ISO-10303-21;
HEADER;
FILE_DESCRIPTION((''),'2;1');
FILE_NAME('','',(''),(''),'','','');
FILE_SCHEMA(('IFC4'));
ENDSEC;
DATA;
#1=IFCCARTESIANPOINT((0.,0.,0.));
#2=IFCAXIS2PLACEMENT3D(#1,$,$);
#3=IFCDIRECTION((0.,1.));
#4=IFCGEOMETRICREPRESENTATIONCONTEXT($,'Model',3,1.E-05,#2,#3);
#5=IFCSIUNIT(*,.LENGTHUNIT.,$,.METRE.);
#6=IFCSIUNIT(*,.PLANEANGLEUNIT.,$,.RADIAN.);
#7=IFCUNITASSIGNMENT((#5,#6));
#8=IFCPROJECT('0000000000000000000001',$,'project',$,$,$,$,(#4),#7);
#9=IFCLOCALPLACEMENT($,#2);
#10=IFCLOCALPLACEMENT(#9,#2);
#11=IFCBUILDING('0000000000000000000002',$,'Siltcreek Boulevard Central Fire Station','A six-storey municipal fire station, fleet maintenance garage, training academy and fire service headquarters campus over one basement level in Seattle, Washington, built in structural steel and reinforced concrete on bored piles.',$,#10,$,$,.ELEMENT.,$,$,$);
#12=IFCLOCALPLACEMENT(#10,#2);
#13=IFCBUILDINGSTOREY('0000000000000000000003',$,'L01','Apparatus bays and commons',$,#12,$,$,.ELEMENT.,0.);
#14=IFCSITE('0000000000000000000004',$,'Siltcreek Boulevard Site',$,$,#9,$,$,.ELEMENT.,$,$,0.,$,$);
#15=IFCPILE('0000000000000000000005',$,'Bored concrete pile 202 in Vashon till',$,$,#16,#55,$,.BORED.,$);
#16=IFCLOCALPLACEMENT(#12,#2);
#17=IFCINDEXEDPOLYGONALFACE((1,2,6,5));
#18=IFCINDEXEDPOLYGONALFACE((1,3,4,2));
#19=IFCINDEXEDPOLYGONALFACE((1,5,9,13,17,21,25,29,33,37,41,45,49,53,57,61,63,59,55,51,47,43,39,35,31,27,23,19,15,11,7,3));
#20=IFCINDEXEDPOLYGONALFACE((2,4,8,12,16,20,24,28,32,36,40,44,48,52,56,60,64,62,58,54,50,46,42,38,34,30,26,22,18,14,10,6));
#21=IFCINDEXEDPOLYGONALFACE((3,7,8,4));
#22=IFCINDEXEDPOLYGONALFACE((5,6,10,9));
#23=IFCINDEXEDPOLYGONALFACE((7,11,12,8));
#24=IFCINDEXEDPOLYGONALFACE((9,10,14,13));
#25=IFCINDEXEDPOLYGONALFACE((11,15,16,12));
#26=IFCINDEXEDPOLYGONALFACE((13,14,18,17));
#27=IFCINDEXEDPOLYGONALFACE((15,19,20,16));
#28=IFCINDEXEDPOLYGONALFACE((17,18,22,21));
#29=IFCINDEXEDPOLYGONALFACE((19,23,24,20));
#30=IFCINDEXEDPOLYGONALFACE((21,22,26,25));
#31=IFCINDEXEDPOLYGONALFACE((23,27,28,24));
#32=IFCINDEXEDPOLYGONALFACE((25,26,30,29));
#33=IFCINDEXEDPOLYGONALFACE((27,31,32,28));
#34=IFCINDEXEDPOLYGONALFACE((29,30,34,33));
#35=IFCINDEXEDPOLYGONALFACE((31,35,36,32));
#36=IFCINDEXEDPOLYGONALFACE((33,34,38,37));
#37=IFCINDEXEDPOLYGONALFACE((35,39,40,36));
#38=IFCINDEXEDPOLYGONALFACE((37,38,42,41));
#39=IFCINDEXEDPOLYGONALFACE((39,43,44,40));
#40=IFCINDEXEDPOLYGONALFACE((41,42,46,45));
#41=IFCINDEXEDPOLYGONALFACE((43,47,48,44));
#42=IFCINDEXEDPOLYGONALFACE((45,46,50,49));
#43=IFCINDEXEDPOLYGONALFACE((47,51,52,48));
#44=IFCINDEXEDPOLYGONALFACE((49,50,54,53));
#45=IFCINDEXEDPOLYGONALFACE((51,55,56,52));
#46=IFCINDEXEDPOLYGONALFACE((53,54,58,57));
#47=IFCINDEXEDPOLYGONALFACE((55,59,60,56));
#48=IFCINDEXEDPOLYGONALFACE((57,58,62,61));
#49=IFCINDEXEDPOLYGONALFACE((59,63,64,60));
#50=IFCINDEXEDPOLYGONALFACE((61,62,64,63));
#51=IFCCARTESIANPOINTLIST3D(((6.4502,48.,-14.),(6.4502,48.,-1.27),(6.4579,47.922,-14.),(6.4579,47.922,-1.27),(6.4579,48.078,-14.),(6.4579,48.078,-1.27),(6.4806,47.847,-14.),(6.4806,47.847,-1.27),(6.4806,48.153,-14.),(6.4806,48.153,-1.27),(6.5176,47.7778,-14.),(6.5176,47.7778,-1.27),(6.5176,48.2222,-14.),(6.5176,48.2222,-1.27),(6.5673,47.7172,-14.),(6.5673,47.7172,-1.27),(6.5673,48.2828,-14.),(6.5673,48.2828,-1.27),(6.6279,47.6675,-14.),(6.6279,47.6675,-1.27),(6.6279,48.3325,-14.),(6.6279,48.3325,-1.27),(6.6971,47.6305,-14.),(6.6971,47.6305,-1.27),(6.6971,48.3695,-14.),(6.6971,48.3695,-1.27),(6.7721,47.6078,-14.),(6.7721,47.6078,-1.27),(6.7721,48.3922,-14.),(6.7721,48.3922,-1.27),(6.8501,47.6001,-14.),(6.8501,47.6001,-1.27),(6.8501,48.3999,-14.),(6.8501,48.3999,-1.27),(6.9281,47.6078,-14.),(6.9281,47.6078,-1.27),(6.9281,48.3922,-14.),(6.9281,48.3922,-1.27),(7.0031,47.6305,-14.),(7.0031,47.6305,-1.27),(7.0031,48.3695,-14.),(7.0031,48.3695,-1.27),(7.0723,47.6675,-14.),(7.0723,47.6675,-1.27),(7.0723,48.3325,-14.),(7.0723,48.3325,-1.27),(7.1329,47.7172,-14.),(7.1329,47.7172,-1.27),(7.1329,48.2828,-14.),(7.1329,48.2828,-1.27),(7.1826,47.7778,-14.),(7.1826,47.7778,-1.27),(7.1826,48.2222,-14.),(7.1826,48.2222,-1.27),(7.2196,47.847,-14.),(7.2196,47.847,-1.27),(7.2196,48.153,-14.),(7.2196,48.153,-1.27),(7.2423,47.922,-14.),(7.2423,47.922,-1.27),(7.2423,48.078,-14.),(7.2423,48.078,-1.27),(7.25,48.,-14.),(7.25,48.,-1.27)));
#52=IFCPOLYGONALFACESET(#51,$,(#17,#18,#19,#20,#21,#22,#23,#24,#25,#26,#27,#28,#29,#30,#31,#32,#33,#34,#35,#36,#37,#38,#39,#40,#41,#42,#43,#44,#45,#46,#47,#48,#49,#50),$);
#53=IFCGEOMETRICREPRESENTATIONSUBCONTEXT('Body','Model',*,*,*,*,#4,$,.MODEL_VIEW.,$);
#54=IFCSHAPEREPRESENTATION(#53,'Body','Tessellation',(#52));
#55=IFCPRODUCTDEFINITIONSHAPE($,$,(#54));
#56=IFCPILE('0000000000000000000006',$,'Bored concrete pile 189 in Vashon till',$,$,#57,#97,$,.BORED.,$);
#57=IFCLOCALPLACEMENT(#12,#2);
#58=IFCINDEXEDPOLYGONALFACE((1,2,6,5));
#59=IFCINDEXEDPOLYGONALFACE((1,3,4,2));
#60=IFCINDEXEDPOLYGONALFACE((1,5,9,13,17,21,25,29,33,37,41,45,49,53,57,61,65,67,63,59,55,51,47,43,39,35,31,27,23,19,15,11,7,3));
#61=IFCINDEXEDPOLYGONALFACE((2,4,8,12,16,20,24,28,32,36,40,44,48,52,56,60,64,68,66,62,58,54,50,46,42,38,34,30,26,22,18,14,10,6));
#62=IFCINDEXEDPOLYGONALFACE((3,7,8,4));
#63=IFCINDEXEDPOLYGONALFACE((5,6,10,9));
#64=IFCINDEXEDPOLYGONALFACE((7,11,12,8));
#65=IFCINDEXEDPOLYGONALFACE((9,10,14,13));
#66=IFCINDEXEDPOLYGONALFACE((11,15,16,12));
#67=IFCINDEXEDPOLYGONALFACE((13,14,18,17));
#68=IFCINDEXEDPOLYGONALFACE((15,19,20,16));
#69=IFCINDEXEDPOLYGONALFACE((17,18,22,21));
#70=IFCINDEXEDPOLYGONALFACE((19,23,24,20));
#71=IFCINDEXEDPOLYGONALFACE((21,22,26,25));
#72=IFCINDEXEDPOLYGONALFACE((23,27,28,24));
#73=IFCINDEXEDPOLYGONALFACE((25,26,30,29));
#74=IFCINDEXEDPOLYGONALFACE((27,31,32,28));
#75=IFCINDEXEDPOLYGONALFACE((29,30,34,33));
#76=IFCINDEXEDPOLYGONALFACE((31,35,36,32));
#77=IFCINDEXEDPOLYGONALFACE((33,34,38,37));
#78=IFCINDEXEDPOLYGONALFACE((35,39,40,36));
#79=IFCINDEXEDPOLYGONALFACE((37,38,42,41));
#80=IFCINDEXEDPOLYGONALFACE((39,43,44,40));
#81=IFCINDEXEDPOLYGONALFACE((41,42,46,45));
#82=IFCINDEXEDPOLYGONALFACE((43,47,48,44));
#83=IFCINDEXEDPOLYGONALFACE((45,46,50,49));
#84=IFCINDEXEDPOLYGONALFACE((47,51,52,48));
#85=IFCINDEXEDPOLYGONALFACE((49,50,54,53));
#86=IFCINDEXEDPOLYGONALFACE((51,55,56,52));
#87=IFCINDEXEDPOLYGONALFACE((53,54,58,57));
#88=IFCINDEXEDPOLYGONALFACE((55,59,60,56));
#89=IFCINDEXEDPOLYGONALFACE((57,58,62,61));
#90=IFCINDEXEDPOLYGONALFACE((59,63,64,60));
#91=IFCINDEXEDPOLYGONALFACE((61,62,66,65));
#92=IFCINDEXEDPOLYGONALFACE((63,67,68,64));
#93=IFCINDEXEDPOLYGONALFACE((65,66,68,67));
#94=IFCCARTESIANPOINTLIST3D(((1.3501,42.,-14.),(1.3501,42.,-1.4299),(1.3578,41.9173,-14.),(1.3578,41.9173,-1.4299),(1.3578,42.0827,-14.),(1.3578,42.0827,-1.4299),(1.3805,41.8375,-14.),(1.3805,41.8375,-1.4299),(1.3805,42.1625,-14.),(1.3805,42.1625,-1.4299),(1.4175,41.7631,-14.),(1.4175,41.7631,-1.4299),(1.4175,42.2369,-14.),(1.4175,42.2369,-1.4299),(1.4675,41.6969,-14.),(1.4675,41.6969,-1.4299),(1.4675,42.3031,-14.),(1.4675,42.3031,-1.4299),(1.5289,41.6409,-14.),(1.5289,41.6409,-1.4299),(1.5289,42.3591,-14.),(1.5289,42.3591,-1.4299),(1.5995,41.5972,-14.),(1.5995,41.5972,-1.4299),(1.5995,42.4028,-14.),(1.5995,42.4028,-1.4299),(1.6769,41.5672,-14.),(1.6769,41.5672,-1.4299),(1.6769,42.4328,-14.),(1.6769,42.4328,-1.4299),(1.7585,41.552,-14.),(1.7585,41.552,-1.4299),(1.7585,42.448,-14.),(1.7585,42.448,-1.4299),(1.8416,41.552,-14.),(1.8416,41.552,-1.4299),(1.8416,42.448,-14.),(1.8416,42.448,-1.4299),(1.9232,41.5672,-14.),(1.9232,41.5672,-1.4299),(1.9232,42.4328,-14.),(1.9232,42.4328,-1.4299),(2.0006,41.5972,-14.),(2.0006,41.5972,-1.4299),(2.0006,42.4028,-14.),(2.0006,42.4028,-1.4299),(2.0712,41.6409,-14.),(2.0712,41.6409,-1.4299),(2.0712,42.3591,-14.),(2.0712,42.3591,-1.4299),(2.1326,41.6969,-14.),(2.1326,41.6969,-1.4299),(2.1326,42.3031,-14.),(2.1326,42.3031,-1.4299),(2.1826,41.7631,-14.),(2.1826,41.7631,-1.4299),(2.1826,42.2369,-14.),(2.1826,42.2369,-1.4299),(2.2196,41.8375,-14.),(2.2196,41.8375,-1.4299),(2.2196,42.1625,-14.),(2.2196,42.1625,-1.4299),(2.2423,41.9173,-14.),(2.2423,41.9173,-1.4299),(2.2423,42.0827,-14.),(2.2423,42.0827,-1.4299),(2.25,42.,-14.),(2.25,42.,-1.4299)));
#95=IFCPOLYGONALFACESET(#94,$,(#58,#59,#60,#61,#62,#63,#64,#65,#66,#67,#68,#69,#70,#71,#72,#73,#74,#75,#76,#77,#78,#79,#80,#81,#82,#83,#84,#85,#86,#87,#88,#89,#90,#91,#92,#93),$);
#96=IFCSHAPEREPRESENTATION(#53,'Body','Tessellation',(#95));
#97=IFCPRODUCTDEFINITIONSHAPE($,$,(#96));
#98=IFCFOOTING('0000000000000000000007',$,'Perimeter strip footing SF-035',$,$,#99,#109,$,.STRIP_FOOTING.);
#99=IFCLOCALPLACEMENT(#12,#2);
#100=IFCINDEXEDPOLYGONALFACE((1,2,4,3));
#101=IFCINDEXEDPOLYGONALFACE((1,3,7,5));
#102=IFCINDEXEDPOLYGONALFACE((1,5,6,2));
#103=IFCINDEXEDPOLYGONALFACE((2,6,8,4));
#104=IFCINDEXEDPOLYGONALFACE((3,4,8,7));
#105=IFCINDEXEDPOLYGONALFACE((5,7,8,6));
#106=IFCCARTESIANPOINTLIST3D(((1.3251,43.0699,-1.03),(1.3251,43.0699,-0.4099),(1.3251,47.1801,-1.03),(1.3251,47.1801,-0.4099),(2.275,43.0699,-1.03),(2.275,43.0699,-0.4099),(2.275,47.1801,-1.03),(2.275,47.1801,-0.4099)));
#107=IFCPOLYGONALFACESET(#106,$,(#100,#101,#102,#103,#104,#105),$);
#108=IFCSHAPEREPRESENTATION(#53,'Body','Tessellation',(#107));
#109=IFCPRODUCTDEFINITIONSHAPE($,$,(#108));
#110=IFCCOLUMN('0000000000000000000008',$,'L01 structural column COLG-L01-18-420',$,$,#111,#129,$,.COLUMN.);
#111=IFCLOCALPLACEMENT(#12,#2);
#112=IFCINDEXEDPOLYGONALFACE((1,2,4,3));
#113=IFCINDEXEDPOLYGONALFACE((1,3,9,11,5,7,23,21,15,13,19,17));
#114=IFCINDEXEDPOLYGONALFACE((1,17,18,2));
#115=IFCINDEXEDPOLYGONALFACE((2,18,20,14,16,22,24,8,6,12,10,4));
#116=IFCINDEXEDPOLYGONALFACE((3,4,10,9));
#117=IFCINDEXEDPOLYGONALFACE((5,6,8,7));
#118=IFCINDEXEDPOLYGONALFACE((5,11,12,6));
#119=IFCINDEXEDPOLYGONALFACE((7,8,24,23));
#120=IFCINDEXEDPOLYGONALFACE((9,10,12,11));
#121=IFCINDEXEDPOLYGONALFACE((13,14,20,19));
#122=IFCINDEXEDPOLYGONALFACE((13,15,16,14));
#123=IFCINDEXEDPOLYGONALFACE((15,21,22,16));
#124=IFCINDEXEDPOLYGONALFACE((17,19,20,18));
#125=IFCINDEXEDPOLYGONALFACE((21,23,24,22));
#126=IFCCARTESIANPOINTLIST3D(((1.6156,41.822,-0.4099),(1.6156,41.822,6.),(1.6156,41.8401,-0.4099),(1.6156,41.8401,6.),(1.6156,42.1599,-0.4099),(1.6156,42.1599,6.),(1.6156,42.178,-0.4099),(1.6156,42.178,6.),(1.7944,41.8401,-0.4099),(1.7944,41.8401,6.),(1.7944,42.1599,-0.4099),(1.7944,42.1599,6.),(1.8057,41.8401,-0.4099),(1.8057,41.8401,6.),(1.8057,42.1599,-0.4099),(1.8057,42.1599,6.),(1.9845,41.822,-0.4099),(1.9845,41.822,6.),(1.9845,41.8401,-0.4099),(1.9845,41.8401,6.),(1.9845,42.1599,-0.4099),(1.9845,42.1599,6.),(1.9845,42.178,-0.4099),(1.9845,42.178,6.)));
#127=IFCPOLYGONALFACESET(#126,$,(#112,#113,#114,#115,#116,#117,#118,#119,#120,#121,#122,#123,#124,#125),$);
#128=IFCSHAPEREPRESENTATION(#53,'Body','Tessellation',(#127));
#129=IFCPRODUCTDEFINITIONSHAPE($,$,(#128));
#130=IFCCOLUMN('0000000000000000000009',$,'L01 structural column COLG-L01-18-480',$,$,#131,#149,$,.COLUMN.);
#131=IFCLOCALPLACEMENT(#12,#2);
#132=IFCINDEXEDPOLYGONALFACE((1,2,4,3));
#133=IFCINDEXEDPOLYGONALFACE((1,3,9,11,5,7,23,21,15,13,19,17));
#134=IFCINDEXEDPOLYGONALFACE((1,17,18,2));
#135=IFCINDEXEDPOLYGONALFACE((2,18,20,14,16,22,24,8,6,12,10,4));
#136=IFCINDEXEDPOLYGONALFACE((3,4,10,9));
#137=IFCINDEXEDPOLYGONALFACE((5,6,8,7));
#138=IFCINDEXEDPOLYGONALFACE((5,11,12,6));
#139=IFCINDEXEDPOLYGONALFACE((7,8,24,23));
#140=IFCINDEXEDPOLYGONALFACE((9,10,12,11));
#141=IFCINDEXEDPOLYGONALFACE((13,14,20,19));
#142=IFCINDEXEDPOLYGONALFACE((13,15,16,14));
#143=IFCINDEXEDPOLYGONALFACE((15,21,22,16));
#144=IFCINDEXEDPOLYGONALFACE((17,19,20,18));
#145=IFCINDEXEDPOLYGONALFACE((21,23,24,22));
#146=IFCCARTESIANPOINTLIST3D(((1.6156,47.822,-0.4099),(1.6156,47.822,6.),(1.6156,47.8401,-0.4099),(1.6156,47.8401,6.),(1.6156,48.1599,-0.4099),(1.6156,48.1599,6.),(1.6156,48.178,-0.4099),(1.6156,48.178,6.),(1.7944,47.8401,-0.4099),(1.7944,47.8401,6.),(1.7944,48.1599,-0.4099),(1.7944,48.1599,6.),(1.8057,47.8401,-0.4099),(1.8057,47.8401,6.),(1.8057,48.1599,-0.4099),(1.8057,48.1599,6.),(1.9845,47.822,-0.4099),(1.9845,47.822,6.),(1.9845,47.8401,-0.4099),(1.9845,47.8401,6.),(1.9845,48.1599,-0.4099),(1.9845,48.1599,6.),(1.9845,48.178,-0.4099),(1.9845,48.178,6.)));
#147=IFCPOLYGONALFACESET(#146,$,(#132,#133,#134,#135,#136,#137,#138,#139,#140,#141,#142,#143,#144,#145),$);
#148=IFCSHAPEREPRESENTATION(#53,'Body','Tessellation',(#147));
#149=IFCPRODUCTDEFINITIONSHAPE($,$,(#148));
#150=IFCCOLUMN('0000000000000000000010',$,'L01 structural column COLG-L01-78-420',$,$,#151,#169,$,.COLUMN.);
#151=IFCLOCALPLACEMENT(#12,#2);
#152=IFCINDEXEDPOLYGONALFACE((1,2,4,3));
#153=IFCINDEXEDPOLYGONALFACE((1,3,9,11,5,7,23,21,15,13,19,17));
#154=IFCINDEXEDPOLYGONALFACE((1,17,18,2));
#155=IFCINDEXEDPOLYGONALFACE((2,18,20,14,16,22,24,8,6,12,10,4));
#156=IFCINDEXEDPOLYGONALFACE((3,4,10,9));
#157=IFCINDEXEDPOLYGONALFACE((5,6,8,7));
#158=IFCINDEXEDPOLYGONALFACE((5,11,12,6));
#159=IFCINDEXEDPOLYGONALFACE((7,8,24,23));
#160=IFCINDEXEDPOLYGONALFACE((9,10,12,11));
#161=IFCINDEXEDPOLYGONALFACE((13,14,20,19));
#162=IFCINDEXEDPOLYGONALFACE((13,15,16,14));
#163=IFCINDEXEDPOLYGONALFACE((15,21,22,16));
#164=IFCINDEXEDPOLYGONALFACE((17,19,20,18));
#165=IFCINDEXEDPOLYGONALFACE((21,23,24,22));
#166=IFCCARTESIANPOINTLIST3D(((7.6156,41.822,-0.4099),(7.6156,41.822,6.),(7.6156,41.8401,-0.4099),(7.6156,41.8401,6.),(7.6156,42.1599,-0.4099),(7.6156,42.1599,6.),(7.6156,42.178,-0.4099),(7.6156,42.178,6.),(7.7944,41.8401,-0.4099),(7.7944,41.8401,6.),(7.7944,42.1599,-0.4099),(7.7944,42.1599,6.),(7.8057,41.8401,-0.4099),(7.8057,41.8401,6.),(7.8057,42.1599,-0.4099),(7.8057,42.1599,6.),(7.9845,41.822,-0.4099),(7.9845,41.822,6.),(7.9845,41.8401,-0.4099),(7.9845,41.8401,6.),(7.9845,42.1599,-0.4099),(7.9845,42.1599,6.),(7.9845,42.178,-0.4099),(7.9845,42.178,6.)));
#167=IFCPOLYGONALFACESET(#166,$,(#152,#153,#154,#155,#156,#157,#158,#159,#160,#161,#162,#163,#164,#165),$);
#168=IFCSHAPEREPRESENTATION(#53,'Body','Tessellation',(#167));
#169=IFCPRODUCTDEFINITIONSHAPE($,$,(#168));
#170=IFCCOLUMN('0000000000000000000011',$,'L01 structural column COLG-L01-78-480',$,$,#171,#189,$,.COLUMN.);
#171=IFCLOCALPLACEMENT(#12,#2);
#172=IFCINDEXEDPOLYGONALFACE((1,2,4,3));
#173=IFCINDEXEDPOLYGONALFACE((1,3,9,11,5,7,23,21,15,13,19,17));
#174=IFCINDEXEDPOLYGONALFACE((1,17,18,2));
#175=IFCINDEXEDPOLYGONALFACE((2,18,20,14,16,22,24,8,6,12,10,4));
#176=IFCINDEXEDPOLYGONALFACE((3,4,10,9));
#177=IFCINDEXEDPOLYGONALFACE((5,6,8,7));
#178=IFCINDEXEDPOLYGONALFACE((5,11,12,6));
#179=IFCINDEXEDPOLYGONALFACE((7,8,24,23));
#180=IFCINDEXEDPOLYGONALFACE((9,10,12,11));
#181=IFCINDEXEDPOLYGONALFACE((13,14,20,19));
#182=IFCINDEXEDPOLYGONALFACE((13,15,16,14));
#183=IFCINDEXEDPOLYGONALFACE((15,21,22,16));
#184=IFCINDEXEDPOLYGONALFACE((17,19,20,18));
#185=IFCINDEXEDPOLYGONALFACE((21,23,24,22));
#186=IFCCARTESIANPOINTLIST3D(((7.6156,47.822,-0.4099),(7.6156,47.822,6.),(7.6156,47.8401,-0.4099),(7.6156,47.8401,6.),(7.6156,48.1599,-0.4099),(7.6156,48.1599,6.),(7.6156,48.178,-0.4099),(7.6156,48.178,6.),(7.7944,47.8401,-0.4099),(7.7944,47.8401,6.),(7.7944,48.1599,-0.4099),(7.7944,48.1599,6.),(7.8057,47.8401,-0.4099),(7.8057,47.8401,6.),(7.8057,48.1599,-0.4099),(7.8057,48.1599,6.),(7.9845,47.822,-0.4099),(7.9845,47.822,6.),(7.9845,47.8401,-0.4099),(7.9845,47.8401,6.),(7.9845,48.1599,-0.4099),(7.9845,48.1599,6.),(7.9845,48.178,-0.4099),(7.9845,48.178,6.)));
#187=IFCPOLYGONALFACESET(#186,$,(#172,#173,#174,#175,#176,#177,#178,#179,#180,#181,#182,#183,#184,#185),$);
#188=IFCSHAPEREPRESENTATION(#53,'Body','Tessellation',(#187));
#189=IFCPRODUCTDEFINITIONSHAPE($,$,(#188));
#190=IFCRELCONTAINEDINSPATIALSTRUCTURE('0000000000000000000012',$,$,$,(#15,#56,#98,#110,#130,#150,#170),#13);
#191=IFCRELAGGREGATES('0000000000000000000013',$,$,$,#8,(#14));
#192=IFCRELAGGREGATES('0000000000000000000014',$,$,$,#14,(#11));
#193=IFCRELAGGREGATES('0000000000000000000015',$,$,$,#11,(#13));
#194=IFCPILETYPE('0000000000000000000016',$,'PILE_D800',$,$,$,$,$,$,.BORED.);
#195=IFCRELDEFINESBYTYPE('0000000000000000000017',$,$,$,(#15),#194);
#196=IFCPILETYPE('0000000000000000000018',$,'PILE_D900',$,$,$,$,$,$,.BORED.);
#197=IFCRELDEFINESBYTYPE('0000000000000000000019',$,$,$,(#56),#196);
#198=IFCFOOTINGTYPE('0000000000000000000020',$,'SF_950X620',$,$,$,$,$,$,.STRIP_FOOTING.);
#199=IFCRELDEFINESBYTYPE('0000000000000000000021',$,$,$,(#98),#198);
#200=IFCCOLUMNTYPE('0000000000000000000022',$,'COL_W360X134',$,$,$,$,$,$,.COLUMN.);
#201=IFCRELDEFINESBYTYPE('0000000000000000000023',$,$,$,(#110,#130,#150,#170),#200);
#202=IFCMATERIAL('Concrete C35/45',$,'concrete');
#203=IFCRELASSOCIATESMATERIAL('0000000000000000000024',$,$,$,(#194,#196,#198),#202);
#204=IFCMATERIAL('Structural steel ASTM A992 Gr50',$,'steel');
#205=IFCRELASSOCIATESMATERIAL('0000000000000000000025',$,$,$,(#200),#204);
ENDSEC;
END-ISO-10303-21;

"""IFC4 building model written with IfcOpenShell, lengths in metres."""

from ifc_helpers import new_model, si_unit, direction, frame, origin, origin_2d, place, context, subcontext, project, spatial, rectangle, circle, i_section, extrude, material, material_profile, profile_set, type_object, element, save


model = new_model("IFC4")

# Units and contexts
model_context = context("Model", 3, precision=1e-05, world=origin(), true_north=direction((0.0, 1.0)))
body_context = subcontext(model_context, "Body", "Model", "MODEL_VIEW")
ifc_project = project(units=[si_unit("LENGTHUNIT", "METRE"), si_unit("PLANEANGLEUNIT", "RADIAN")], contexts=[model_context])

# Site, building, storey
site_placement = place(None, origin())
site = spatial("IfcSite", under=ifc_project, at=site_placement, Name="Siltcreek Boulevard Site", CompositionType="ELEMENT", RefElevation=0.0)
building_placement = place(site_placement, origin())
building = spatial("IfcBuilding", under=site, at=building_placement, Name="Siltcreek Boulevard Central Fire Station", Description="A six-storey municipal fire station, fleet maintenance garage, training academy and fire service headquarters campus over one basement level in Seattle, Washington, built in structural steel and reinforced concrete on bored piles.", CompositionType="ELEMENT")
storey_placement = place(building_placement, origin())
storey = spatial("IfcBuildingStorey", under=building, at=storey_placement, Name="L01", Description="Apparatus bays and commons", CompositionType="ELEMENT", Elevation=0.0)

# Shared definitions
ifc_material_1 = material(Name="Concrete C35/45", Category="concrete")

# Piles
ifc_material_profile_1 = material_profile(ifc_material_1, circle(Radius=0.3999, at=origin_2d()), Name="SHAFT800")
ifc_profile_set_1 = profile_set([ifc_material_profile_1], Name="Concrete C35/45")
pile_type_1 = type_object("IfcPileType", Name="PILE_D800", PredefinedType="BORED", material=ifc_profile_set_1)
pile_1_placement = place(storey_placement, frame((6.8501, 48.0, -1.27), z_axis=(0.0, 0.0, -1.0), x_axis=(1.0, 0.0, 0.0)))
element("IfcPile", 1, at=pile_1_placement, inside=storey, type_object=pile_type_1, Name="Bored concrete pile 202 in Vashon till", PredefinedType="BORED", context=body_context, shape_type="SweptSolid", body=[
    extrude(circle(Radius=0.3999, at=origin_2d()), origin(), (0.0, 0.0, 1.0), 12.73),
])
ifc_material_profile_2 = material_profile(ifc_material_1, circle(Radius=0.45, at=origin_2d()), Name="SHAFT900")
ifc_profile_set_2 = profile_set([ifc_material_profile_2], Name="Concrete C35/45")
pile_type_2 = type_object("IfcPileType", Name="PILE_D900", PredefinedType="BORED", material=ifc_profile_set_2)
pile_2_placement = place(storey_placement, frame((1.8, 42.0, -1.4299), z_axis=(0.0, 0.0, -1.0), x_axis=(1.0, 0.0, 0.0)))
element("IfcPile", 2, at=pile_2_placement, inside=storey, type_object=pile_type_2, Name="Bored concrete pile 189 in Vashon till", PredefinedType="BORED", context=body_context, shape_type="SweptSolid", body=[
    extrude(circle(Radius=0.45, at=origin_2d()), origin(), (0.0, 0.0, 1.0), 12.5701),
])

# Footing
footing_type_1 = type_object("IfcFootingType", Name="SF_950X620", PredefinedType="STRIP_FOOTING", material=ifc_material_1)
footing_1_placement = place(storey_placement, frame((1.8, 45.125, -1.03), z_axis=(0.0, 0.0, 1.0), x_axis=(1.0, 0.0, 0.0)))
element("IfcFooting", 3, at=footing_1_placement, inside=storey, type_object=footing_type_1, Name="Perimeter strip footing SF-035", PredefinedType="STRIP_FOOTING", context=body_context, shape_type="SweptSolid", body=[
    extrude(rectangle(XDim=0.95, YDim=4.1101, at=origin_2d()), origin(), (0.0, 0.0, 1.0), 0.6201),
])

# Columns
ifc_material_2 = material(Name="Structural steel ASTM A992 Gr50", Category="steel")
ifc_material_profile_3 = material_profile(ifc_material_2, i_section(OverallWidth=0.3689, OverallDepth=0.356, WebThickness=0.0112, FlangeThickness=0.0181, at=origin_2d()), Name="W360X134")
ifc_profile_set_3 = profile_set([ifc_material_profile_3], Name="Structural steel ASTM A992 Gr50")
column_type = type_object("IfcColumnType", Name="COL_W360X134", PredefinedType="COLUMN", material=ifc_profile_set_3)
for number, where, z_axis, x_axis, name in (
    (4, (1.8, 42.0, -0.4099), (0.0, 0.0, 1.0), (1.0, 0.0, 0.0), "L01 structural column COLG-L01-18-420"),
    (5, (1.8, 48.0, -0.4099), (0.0, 0.0, 1.0), (1.0, 0.0, 0.0), "L01 structural column COLG-L01-18-480"),
    (6, (7.8, 42.0, -0.4099), (0.0, 0.0, 1.0), (1.0, 0.0, 0.0), "L01 structural column COLG-L01-78-420"),
    (7, (7.8, 48.0, -0.4099), (0.0, 0.0, 1.0), (1.0, 0.0, 0.0), "L01 structural column COLG-L01-78-480"),
):
    element("IfcColumn", number, at=place(storey_placement, frame(where, z_axis=z_axis, x_axis=x_axis)), inside=storey, type_object=column_type, Name=name, PredefinedType="COLUMN", context=body_context, shape_type="SweptSolid", body=[
        extrude(i_section(OverallWidth=0.3689, OverallDepth=0.356, WebThickness=0.0112, FlangeThickness=0.0181, at=origin_2d()), origin(), (0.0, 0.0, 1.0), 6.4099),
    ])

save(model, "model.ifc")
